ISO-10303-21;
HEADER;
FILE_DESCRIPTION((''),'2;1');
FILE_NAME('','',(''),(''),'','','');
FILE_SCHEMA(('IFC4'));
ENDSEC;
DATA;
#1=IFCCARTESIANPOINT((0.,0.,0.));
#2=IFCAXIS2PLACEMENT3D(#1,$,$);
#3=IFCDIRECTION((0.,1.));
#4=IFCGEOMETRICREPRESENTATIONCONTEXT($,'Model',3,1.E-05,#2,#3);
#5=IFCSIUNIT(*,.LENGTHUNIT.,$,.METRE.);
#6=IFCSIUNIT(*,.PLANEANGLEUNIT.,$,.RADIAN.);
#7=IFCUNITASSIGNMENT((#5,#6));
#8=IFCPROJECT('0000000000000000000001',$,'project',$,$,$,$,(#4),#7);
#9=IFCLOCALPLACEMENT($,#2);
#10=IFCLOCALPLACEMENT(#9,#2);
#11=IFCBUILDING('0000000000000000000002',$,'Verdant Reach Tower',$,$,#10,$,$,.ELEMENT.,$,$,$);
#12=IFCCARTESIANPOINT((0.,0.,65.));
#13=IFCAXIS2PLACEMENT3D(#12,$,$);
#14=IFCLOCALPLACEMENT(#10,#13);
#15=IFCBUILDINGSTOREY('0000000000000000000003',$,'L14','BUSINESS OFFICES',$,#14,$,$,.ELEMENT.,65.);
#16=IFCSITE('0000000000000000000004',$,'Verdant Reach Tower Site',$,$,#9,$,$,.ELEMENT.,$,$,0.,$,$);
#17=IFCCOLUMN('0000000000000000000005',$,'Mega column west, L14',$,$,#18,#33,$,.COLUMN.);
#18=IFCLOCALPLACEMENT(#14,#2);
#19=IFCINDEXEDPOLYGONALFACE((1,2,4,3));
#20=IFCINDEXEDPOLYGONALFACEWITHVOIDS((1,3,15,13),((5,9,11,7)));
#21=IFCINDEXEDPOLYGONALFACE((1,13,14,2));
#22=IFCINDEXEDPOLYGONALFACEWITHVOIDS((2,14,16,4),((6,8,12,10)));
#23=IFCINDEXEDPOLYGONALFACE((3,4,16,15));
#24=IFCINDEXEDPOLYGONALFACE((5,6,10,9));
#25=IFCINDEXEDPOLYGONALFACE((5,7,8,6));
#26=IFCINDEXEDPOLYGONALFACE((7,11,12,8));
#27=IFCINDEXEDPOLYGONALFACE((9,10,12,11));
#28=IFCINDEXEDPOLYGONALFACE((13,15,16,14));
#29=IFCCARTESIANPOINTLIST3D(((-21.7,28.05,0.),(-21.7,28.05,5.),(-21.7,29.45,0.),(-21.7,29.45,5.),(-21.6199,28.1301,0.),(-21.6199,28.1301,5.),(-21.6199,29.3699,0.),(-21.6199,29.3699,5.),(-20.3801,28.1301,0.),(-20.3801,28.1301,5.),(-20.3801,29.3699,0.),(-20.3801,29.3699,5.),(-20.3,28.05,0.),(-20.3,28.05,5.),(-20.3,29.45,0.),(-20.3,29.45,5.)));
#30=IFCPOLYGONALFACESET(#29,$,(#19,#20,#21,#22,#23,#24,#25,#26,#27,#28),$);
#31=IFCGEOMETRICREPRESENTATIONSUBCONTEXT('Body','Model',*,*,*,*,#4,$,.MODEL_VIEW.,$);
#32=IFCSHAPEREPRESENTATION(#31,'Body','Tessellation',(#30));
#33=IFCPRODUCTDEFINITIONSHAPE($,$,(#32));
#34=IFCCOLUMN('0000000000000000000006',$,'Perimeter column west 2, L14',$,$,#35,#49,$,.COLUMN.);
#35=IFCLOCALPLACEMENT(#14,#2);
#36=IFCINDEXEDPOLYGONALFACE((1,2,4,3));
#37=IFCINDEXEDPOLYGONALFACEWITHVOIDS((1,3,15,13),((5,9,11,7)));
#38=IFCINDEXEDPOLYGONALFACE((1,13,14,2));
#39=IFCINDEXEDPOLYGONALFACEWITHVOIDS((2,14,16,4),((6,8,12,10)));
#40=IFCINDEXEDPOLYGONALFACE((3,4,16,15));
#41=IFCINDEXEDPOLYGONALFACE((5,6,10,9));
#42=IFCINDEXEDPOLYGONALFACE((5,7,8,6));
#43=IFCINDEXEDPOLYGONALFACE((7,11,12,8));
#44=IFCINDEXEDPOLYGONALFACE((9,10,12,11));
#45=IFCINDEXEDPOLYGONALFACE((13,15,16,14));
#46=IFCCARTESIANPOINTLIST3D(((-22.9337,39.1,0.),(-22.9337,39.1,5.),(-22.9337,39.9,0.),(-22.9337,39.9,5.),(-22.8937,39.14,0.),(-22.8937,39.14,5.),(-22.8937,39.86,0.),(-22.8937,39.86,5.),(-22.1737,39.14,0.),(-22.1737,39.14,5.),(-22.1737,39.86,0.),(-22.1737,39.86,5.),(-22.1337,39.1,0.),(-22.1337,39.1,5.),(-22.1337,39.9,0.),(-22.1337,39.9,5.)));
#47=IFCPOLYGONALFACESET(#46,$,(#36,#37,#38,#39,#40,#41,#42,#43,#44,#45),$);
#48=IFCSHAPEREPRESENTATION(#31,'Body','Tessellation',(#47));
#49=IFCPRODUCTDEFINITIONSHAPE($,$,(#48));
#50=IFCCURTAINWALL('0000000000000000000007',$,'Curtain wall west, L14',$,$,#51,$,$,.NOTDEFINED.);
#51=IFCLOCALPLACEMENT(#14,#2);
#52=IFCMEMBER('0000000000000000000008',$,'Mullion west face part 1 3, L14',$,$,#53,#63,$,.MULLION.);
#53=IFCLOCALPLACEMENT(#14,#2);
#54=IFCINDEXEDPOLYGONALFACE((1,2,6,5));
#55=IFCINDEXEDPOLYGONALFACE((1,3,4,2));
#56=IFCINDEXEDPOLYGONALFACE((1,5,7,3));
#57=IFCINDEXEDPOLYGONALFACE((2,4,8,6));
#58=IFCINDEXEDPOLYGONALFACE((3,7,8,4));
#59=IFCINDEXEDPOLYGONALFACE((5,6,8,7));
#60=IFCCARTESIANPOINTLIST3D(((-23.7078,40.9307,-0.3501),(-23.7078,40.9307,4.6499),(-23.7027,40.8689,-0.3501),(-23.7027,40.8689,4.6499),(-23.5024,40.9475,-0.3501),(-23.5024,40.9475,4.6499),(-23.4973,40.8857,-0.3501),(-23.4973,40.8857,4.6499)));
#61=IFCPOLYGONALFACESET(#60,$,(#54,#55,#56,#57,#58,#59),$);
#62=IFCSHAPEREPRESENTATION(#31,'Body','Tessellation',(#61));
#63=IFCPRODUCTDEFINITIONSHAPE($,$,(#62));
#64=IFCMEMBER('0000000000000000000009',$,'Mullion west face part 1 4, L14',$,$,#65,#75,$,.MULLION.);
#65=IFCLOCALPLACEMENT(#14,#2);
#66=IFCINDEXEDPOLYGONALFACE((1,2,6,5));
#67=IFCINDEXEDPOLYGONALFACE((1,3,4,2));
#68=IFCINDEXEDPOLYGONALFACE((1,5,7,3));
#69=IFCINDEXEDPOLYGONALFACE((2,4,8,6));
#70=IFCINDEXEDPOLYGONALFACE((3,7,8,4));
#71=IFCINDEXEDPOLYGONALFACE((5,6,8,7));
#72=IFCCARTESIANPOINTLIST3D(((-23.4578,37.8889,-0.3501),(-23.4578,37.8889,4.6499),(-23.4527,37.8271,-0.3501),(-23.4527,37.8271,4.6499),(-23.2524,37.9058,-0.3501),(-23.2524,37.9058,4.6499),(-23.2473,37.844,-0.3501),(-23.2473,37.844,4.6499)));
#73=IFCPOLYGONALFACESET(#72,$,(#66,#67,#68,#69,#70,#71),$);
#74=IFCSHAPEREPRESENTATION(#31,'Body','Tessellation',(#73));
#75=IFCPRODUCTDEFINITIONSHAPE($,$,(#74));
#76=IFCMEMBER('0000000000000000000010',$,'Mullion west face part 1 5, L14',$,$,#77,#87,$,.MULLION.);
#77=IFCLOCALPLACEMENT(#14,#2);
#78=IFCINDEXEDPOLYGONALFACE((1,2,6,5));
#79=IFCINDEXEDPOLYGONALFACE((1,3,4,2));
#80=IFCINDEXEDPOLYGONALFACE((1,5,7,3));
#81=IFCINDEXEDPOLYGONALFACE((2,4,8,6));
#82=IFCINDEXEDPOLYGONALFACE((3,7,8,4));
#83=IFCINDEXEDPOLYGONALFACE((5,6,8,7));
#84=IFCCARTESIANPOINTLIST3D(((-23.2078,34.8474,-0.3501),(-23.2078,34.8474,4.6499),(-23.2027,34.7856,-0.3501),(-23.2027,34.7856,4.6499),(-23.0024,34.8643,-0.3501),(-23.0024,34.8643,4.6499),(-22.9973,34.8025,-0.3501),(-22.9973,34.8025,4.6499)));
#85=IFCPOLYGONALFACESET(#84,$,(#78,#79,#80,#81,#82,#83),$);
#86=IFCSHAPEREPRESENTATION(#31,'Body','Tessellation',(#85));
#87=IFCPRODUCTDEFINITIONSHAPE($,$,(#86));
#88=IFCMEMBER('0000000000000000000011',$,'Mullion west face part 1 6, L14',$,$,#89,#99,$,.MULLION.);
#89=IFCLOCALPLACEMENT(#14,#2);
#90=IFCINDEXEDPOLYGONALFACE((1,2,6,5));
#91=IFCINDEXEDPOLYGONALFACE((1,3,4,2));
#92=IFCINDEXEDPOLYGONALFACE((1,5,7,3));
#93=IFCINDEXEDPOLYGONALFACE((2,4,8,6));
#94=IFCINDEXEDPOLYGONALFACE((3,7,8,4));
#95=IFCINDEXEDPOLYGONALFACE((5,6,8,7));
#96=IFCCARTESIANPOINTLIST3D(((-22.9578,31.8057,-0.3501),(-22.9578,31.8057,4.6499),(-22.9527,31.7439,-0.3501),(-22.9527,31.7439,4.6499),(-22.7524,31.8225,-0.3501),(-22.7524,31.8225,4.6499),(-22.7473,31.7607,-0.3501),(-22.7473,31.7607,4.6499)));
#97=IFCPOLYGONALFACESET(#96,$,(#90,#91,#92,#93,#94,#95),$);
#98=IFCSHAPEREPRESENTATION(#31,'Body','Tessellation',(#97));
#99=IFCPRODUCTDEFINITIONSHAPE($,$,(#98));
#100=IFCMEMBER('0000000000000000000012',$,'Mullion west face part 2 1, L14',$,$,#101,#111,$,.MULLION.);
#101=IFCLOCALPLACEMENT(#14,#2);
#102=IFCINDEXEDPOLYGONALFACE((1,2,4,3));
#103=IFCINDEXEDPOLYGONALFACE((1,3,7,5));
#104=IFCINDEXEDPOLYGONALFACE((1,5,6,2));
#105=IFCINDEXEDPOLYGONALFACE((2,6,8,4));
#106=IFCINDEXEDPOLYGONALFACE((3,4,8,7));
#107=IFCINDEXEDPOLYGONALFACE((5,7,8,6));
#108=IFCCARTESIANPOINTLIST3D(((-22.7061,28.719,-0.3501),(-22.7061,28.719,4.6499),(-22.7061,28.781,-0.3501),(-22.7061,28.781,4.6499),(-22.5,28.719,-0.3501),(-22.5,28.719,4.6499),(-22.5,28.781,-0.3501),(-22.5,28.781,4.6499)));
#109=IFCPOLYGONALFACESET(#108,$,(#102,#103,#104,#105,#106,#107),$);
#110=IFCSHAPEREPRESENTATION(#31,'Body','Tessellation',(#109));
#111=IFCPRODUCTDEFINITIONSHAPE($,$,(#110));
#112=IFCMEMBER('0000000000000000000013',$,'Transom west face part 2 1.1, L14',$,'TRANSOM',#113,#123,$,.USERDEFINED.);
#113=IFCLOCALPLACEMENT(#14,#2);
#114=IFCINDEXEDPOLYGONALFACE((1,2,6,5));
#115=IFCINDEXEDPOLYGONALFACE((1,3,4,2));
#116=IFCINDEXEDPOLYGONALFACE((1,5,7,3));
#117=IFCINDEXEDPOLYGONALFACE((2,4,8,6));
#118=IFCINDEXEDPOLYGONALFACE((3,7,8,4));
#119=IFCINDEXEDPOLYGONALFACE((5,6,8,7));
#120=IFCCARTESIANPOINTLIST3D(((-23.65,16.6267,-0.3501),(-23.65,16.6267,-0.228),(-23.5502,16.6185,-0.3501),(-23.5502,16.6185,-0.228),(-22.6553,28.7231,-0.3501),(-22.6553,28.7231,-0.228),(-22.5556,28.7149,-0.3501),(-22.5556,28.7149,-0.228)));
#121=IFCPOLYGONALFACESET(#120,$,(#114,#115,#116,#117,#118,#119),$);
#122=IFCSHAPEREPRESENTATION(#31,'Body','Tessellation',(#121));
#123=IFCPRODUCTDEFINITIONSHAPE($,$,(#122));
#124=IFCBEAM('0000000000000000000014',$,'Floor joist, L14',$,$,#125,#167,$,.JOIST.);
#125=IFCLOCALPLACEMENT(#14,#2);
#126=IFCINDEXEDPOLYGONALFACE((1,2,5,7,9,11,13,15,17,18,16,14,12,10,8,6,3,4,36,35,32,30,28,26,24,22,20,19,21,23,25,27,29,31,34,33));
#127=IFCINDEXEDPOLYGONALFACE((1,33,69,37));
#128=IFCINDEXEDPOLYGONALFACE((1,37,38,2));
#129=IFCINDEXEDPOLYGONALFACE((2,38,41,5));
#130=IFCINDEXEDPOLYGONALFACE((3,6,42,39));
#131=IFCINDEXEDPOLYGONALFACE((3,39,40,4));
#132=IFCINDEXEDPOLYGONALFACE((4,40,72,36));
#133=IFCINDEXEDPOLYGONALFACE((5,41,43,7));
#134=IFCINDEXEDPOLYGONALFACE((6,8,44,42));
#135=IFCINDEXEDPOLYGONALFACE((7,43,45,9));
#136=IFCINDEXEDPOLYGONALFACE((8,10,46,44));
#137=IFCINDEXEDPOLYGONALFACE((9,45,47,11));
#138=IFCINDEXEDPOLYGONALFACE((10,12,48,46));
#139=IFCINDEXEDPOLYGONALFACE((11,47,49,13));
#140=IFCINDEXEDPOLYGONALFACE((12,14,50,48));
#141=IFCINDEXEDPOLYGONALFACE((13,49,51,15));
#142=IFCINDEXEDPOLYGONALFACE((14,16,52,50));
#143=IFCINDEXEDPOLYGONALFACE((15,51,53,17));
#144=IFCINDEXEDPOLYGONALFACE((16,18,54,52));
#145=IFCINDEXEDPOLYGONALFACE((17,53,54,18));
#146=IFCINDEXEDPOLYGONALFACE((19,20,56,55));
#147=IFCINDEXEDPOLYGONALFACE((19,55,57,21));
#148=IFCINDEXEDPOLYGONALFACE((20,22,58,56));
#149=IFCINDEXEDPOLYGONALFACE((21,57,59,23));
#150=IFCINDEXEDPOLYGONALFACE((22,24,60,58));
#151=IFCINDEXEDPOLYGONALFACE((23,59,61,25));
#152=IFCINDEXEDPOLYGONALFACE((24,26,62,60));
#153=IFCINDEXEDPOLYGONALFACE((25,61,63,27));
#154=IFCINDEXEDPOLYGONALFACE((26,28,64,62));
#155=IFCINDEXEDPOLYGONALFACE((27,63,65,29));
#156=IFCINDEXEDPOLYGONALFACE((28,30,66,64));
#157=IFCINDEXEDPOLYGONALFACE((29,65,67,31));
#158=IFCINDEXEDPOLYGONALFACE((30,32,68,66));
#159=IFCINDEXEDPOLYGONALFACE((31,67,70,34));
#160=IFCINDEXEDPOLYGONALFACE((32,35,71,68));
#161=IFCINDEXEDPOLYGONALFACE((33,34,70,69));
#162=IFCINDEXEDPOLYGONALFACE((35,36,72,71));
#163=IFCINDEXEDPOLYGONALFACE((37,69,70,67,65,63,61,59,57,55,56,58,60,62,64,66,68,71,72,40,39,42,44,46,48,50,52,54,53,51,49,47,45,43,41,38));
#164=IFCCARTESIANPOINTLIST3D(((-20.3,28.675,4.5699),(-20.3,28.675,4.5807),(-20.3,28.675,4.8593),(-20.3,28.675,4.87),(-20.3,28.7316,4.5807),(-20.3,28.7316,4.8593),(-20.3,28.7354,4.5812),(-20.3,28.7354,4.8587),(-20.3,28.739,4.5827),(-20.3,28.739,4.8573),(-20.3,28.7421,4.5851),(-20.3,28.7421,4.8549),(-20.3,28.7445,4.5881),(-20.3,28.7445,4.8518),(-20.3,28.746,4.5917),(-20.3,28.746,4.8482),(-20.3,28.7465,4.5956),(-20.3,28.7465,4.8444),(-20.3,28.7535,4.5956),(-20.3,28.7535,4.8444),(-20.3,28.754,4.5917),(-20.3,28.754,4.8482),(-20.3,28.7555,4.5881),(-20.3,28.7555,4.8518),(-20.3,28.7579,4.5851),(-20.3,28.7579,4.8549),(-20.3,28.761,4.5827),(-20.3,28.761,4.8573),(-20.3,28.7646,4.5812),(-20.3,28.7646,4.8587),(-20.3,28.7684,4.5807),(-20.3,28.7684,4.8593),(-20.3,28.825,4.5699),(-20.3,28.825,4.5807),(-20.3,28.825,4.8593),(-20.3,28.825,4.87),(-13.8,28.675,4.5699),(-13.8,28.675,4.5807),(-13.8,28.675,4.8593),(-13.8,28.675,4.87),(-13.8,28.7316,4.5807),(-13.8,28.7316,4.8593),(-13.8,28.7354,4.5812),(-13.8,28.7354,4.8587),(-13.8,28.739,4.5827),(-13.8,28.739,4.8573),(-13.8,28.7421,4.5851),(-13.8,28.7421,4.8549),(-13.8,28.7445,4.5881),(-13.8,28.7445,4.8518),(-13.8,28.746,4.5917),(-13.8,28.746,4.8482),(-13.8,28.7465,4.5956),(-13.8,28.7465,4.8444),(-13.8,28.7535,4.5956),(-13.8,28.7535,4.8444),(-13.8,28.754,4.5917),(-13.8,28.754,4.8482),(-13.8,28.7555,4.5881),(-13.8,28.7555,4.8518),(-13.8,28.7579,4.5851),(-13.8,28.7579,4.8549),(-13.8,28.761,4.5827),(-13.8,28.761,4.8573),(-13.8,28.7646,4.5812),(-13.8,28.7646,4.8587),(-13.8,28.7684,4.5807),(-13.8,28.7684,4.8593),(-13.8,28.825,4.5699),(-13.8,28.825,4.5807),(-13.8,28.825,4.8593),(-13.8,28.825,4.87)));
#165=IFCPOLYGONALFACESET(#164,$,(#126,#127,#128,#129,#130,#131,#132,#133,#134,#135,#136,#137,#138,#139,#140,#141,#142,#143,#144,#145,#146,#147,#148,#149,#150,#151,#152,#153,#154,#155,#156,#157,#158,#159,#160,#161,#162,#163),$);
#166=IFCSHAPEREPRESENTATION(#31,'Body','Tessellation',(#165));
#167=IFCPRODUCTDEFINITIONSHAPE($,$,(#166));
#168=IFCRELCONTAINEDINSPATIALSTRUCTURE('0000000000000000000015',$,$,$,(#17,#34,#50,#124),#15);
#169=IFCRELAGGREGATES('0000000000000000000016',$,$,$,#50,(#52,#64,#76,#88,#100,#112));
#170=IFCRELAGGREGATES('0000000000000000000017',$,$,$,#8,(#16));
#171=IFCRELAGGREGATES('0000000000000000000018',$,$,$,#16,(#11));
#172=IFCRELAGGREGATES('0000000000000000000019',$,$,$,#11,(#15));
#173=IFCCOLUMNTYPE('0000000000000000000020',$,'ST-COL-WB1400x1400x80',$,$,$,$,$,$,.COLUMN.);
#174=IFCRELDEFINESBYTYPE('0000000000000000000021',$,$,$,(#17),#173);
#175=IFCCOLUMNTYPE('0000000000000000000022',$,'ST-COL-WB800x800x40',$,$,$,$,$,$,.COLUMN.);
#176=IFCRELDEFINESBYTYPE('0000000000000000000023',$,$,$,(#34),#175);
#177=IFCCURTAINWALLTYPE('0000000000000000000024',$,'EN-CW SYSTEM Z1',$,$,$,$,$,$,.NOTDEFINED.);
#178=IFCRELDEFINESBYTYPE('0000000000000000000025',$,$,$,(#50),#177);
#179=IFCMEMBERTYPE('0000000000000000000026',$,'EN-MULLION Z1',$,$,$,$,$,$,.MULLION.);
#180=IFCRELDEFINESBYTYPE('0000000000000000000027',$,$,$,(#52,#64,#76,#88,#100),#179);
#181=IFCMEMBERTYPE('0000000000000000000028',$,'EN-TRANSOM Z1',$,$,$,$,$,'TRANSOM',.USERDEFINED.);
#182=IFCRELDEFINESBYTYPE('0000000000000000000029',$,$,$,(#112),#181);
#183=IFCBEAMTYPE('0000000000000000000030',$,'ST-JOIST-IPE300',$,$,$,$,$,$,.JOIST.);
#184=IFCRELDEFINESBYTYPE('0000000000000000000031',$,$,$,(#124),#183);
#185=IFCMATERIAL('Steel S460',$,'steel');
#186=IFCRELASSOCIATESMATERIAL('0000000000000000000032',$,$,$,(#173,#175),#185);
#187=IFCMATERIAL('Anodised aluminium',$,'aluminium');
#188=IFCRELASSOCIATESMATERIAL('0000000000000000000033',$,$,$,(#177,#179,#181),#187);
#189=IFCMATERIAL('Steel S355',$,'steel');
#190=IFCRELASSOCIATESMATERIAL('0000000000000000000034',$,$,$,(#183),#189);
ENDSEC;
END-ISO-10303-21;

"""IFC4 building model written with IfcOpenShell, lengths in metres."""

from ifc_helpers import new_model, si_unit, direction, frame, origin, origin_2d, place, context, subcontext, project, spatial, rectangle, hollow_rectangle, i_section, extrude, material, material_profile, profile_set, type_object, element, aggregate, save


model = new_model("IFC4")

# Units and contexts
model_context = context("Model", 3, precision=1e-05, world=origin(), true_north=direction((0.0, 1.0)))
body_context = subcontext(model_context, "Body", "Model", "MODEL_VIEW")
ifc_project = project(units=[si_unit("LENGTHUNIT", "METRE"), si_unit("PLANEANGLEUNIT", "RADIAN")], contexts=[model_context])

# Site, building, storey
site_placement = place(None, origin())
site = spatial("IfcSite", under=ifc_project, at=site_placement, Name="Verdant Reach Tower Site", CompositionType="ELEMENT", RefElevation=0.0)
building_placement = place(site_placement, origin())
building = spatial("IfcBuilding", under=site, at=building_placement, Name="Verdant Reach Tower", CompositionType="ELEMENT")
storey_placement = place(building_placement, frame((0.0, 0.0, 65.0)))
storey = spatial("IfcBuildingStorey", under=building, at=storey_placement, Name="L14", Description="BUSINESS OFFICES", CompositionType="ELEMENT", Elevation=65.0)

# Columns
ifc_material_1 = material(Name="Steel S460", Category="steel")
ifc_material_profile_1 = material_profile(ifc_material_1, hollow_rectangle(XDim=1.3999, YDim=1.3999, WallThickness=0.0801, at=origin_2d()), Name="WB 1400x1400x80")
ifc_profile_set_1 = profile_set([ifc_material_profile_1], Name="Steel S460")
column_type_1 = type_object("IfcColumnType", Name="ST-COL-WB1400x1400x80", PredefinedType="COLUMN", material=ifc_profile_set_1)
column_1_placement = place(storey_placement, frame((-21.0, 28.75, 0.0), z_axis=(0.0, 0.0, 1.0), x_axis=(1.0, 0.0, 0.0)))
element("IfcColumn", 1, at=column_1_placement, inside=storey, type_object=column_type_1, Name="Mega column west, L14", PredefinedType="COLUMN", context=body_context, shape_type="SweptSolid", body=[
    extrude(hollow_rectangle(XDim=1.3999, YDim=1.3999, WallThickness=0.0801, at=origin_2d()), origin(), (0.0, 0.0, 1.0), 5.0),
])
ifc_material_profile_2 = material_profile(ifc_material_1, hollow_rectangle(XDim=0.8, YDim=0.8, WallThickness=0.04, at=origin_2d()), Name="WB 800x800x40")
ifc_profile_set_2 = profile_set([ifc_material_profile_2], Name="Steel S460")
column_type_2 = type_object("IfcColumnType", Name="ST-COL-WB800x800x40", PredefinedType="COLUMN", material=ifc_profile_set_2)
column_2_placement = place(storey_placement, frame((-22.5337, 39.5, 0.0), z_axis=(0.0, 0.0, 1.0), x_axis=(1.0, 0.0, 0.0)))
element("IfcColumn", 2, at=column_2_placement, inside=storey, type_object=column_type_2, Name="Perimeter column west 2, L14", PredefinedType="COLUMN", context=body_context, shape_type="SweptSolid", body=[
    extrude(hollow_rectangle(XDim=0.8, YDim=0.8, WallThickness=0.04, at=origin_2d()), origin(), (0.0, 0.0, 1.0), 5.0),
])

# Curtain wall, members
ifc_material_2 = material(Name="Anodised aluminium", Category="aluminium")
curtain_wall_type = type_object("IfcCurtainWallType", Name="EN-CW SYSTEM Z1", PredefinedType="NOTDEFINED", material=ifc_material_2)
curtain_wall_placement = place(storey_placement, origin())
curtain_wall = element("IfcCurtainWall", 3, at=curtain_wall_placement, inside=storey, type_object=curtain_wall_type, Name="Curtain wall west, L14", PredefinedType="NOTDEFINED")
ifc_material_profile_3 = material_profile(ifc_material_2, rectangle(XDim=0.2061, YDim=0.062, at=origin_2d()), Name="Mullion 62x206")
ifc_profile_set_3 = profile_set([ifc_material_profile_3], Name="Anodised aluminium")
member_type_1 = type_object("IfcMemberType", Name="EN-MULLION Z1", PredefinedType="MULLION", material=ifc_profile_set_3)
member_1_placement = place(storey_placement, frame((-23.6025, 40.9082, -0.3501), z_axis=(0.0, 0.0, 1.0), x_axis=(-0.996639, -0.081916, 0.0)))
member_1 = element("IfcMember", 4, at=member_1_placement, type_object=member_type_1, Name="Mullion west face part 1 3, L14", PredefinedType="MULLION", context=body_context, shape_type="SweptSolid", body=[
    extrude(rectangle(XDim=0.2061, YDim=0.062, at=origin_2d()), origin(), (0.0, 0.0, 1.0), 5.0),
])
member_2_placement = place(storey_placement, frame((-23.3525, 37.8665, -0.3501), z_axis=(0.0, 0.0, 1.0), x_axis=(-0.996639, -0.081916, 0.0)))
member_2 = element("IfcMember", 5, at=member_2_placement, type_object=member_type_1, Name="Mullion west face part 1 4, L14", PredefinedType="MULLION", context=body_context, shape_type="SweptSolid", body=[
    extrude(rectangle(XDim=0.2061, YDim=0.062, at=origin_2d()), origin(), (0.0, 0.0, 1.0), 5.0),
])
member_3_placement = place(storey_placement, frame((-23.1025, 34.825, -0.3501), z_axis=(0.0, 0.0, 1.0), x_axis=(-0.996639, -0.081916, 0.0)))
member_3 = element("IfcMember", 6, at=member_3_placement, type_object=member_type_1, Name="Mullion west face part 1 5, L14", PredefinedType="MULLION", context=body_context, shape_type="SweptSolid", body=[
    extrude(rectangle(XDim=0.2061, YDim=0.062, at=origin_2d()), origin(), (0.0, 0.0, 1.0), 5.0),
])
member_4_placement = place(storey_placement, frame((-22.8525, 31.7832, -0.3501), z_axis=(0.0, 0.0, 1.0), x_axis=(-0.996639, -0.081916, 0.0)))
member_4 = element("IfcMember", 7, at=member_4_placement, type_object=member_type_1, Name="Mullion west face part 1 6, L14", PredefinedType="MULLION", context=body_context, shape_type="SweptSolid", body=[
    extrude(rectangle(XDim=0.2061, YDim=0.062, at=origin_2d()), origin(), (0.0, 0.0, 1.0), 5.0),
])
member_5_placement = place(storey_placement, frame((-22.603, 28.75, -0.3501), z_axis=(0.0, 0.0, 1.0), x_axis=(-1.0, 0.0, 0.0)))
member_5 = element("IfcMember", 8, at=member_5_placement, type_object=member_type_1, Name="Mullion west face part 2 1, L14", PredefinedType="MULLION", context=body_context, shape_type="SweptSolid", body=[
    extrude(rectangle(XDim=0.2061, YDim=0.062, at=origin_2d()), origin(), (0.0, 0.0, 1.0), 5.0),
])
ifc_material_profile_4 = material_profile(ifc_material_2, rectangle(XDim=0.1001, YDim=0.1221, at=origin_2d()), Name="Transom 122x100")
ifc_profile_set_4 = profile_set([ifc_material_profile_4], Name="Anodised aluminium")
member_type_2 = type_object("IfcMemberType", Name="EN-TRANSOM Z1", ElementType="TRANSOM", PredefinedType="USERDEFINED", material=ifc_profile_set_4)
member_6_placement = place(storey_placement, frame((-22.6055, 28.719, -0.2891), z_axis=(-0.081948, -0.996637, 0.0), x_axis=(0.996637, -0.081948, 0.0)))
member_6 = element("IfcMember", 9, at=member_6_placement, type_object=member_type_2, Name="Transom west face part 2 1.1, L14", ObjectType="TRANSOM", PredefinedType="USERDEFINED", context=body_context, shape_type="SweptSolid", body=[
    extrude(rectangle(XDim=0.1001, YDim=0.1221, at=origin_2d()), origin(), (0.0, 0.0, 1.0), 12.1372),
])

# Beam
ifc_material_3 = material(Name="Steel S355", Category="steel")
ifc_material_profile_5 = material_profile(ifc_material_3, i_section(OverallWidth=0.1499, OverallDepth=0.3, WebThickness=0.0071, FlangeThickness=0.0107, FilletRadius=0.0149, at=origin_2d()), Name="IPE 300")
ifc_profile_set_5 = profile_set([ifc_material_profile_5], Name="Steel S355")
beam_type_1 = type_object("IfcBeamType", Name="ST-JOIST-IPE300", PredefinedType="JOIST", material=ifc_profile_set_5)
beam_1_placement = place(storey_placement, frame((-13.8, 28.75, 4.72), z_axis=(-1.0, 0.0, 0.0), x_axis=(0.0, -1.0, 0.0)))
element("IfcBeam", 10, at=beam_1_placement, inside=storey, type_object=beam_type_1, Name="Floor joist, L14", PredefinedType="JOIST", context=body_context, shape_type="SweptSolid", body=[
    extrude(i_section(OverallWidth=0.1499, OverallDepth=0.3, WebThickness=0.0071, FlangeThickness=0.0107, FilletRadius=0.0149, at=origin_2d()), origin(), (0.0, 0.0, 1.0), 6.5),
])

aggregate(curtain_wall, [member_1, member_2, member_3, member_4, member_5, member_6])

save(model, "model.ifc")
